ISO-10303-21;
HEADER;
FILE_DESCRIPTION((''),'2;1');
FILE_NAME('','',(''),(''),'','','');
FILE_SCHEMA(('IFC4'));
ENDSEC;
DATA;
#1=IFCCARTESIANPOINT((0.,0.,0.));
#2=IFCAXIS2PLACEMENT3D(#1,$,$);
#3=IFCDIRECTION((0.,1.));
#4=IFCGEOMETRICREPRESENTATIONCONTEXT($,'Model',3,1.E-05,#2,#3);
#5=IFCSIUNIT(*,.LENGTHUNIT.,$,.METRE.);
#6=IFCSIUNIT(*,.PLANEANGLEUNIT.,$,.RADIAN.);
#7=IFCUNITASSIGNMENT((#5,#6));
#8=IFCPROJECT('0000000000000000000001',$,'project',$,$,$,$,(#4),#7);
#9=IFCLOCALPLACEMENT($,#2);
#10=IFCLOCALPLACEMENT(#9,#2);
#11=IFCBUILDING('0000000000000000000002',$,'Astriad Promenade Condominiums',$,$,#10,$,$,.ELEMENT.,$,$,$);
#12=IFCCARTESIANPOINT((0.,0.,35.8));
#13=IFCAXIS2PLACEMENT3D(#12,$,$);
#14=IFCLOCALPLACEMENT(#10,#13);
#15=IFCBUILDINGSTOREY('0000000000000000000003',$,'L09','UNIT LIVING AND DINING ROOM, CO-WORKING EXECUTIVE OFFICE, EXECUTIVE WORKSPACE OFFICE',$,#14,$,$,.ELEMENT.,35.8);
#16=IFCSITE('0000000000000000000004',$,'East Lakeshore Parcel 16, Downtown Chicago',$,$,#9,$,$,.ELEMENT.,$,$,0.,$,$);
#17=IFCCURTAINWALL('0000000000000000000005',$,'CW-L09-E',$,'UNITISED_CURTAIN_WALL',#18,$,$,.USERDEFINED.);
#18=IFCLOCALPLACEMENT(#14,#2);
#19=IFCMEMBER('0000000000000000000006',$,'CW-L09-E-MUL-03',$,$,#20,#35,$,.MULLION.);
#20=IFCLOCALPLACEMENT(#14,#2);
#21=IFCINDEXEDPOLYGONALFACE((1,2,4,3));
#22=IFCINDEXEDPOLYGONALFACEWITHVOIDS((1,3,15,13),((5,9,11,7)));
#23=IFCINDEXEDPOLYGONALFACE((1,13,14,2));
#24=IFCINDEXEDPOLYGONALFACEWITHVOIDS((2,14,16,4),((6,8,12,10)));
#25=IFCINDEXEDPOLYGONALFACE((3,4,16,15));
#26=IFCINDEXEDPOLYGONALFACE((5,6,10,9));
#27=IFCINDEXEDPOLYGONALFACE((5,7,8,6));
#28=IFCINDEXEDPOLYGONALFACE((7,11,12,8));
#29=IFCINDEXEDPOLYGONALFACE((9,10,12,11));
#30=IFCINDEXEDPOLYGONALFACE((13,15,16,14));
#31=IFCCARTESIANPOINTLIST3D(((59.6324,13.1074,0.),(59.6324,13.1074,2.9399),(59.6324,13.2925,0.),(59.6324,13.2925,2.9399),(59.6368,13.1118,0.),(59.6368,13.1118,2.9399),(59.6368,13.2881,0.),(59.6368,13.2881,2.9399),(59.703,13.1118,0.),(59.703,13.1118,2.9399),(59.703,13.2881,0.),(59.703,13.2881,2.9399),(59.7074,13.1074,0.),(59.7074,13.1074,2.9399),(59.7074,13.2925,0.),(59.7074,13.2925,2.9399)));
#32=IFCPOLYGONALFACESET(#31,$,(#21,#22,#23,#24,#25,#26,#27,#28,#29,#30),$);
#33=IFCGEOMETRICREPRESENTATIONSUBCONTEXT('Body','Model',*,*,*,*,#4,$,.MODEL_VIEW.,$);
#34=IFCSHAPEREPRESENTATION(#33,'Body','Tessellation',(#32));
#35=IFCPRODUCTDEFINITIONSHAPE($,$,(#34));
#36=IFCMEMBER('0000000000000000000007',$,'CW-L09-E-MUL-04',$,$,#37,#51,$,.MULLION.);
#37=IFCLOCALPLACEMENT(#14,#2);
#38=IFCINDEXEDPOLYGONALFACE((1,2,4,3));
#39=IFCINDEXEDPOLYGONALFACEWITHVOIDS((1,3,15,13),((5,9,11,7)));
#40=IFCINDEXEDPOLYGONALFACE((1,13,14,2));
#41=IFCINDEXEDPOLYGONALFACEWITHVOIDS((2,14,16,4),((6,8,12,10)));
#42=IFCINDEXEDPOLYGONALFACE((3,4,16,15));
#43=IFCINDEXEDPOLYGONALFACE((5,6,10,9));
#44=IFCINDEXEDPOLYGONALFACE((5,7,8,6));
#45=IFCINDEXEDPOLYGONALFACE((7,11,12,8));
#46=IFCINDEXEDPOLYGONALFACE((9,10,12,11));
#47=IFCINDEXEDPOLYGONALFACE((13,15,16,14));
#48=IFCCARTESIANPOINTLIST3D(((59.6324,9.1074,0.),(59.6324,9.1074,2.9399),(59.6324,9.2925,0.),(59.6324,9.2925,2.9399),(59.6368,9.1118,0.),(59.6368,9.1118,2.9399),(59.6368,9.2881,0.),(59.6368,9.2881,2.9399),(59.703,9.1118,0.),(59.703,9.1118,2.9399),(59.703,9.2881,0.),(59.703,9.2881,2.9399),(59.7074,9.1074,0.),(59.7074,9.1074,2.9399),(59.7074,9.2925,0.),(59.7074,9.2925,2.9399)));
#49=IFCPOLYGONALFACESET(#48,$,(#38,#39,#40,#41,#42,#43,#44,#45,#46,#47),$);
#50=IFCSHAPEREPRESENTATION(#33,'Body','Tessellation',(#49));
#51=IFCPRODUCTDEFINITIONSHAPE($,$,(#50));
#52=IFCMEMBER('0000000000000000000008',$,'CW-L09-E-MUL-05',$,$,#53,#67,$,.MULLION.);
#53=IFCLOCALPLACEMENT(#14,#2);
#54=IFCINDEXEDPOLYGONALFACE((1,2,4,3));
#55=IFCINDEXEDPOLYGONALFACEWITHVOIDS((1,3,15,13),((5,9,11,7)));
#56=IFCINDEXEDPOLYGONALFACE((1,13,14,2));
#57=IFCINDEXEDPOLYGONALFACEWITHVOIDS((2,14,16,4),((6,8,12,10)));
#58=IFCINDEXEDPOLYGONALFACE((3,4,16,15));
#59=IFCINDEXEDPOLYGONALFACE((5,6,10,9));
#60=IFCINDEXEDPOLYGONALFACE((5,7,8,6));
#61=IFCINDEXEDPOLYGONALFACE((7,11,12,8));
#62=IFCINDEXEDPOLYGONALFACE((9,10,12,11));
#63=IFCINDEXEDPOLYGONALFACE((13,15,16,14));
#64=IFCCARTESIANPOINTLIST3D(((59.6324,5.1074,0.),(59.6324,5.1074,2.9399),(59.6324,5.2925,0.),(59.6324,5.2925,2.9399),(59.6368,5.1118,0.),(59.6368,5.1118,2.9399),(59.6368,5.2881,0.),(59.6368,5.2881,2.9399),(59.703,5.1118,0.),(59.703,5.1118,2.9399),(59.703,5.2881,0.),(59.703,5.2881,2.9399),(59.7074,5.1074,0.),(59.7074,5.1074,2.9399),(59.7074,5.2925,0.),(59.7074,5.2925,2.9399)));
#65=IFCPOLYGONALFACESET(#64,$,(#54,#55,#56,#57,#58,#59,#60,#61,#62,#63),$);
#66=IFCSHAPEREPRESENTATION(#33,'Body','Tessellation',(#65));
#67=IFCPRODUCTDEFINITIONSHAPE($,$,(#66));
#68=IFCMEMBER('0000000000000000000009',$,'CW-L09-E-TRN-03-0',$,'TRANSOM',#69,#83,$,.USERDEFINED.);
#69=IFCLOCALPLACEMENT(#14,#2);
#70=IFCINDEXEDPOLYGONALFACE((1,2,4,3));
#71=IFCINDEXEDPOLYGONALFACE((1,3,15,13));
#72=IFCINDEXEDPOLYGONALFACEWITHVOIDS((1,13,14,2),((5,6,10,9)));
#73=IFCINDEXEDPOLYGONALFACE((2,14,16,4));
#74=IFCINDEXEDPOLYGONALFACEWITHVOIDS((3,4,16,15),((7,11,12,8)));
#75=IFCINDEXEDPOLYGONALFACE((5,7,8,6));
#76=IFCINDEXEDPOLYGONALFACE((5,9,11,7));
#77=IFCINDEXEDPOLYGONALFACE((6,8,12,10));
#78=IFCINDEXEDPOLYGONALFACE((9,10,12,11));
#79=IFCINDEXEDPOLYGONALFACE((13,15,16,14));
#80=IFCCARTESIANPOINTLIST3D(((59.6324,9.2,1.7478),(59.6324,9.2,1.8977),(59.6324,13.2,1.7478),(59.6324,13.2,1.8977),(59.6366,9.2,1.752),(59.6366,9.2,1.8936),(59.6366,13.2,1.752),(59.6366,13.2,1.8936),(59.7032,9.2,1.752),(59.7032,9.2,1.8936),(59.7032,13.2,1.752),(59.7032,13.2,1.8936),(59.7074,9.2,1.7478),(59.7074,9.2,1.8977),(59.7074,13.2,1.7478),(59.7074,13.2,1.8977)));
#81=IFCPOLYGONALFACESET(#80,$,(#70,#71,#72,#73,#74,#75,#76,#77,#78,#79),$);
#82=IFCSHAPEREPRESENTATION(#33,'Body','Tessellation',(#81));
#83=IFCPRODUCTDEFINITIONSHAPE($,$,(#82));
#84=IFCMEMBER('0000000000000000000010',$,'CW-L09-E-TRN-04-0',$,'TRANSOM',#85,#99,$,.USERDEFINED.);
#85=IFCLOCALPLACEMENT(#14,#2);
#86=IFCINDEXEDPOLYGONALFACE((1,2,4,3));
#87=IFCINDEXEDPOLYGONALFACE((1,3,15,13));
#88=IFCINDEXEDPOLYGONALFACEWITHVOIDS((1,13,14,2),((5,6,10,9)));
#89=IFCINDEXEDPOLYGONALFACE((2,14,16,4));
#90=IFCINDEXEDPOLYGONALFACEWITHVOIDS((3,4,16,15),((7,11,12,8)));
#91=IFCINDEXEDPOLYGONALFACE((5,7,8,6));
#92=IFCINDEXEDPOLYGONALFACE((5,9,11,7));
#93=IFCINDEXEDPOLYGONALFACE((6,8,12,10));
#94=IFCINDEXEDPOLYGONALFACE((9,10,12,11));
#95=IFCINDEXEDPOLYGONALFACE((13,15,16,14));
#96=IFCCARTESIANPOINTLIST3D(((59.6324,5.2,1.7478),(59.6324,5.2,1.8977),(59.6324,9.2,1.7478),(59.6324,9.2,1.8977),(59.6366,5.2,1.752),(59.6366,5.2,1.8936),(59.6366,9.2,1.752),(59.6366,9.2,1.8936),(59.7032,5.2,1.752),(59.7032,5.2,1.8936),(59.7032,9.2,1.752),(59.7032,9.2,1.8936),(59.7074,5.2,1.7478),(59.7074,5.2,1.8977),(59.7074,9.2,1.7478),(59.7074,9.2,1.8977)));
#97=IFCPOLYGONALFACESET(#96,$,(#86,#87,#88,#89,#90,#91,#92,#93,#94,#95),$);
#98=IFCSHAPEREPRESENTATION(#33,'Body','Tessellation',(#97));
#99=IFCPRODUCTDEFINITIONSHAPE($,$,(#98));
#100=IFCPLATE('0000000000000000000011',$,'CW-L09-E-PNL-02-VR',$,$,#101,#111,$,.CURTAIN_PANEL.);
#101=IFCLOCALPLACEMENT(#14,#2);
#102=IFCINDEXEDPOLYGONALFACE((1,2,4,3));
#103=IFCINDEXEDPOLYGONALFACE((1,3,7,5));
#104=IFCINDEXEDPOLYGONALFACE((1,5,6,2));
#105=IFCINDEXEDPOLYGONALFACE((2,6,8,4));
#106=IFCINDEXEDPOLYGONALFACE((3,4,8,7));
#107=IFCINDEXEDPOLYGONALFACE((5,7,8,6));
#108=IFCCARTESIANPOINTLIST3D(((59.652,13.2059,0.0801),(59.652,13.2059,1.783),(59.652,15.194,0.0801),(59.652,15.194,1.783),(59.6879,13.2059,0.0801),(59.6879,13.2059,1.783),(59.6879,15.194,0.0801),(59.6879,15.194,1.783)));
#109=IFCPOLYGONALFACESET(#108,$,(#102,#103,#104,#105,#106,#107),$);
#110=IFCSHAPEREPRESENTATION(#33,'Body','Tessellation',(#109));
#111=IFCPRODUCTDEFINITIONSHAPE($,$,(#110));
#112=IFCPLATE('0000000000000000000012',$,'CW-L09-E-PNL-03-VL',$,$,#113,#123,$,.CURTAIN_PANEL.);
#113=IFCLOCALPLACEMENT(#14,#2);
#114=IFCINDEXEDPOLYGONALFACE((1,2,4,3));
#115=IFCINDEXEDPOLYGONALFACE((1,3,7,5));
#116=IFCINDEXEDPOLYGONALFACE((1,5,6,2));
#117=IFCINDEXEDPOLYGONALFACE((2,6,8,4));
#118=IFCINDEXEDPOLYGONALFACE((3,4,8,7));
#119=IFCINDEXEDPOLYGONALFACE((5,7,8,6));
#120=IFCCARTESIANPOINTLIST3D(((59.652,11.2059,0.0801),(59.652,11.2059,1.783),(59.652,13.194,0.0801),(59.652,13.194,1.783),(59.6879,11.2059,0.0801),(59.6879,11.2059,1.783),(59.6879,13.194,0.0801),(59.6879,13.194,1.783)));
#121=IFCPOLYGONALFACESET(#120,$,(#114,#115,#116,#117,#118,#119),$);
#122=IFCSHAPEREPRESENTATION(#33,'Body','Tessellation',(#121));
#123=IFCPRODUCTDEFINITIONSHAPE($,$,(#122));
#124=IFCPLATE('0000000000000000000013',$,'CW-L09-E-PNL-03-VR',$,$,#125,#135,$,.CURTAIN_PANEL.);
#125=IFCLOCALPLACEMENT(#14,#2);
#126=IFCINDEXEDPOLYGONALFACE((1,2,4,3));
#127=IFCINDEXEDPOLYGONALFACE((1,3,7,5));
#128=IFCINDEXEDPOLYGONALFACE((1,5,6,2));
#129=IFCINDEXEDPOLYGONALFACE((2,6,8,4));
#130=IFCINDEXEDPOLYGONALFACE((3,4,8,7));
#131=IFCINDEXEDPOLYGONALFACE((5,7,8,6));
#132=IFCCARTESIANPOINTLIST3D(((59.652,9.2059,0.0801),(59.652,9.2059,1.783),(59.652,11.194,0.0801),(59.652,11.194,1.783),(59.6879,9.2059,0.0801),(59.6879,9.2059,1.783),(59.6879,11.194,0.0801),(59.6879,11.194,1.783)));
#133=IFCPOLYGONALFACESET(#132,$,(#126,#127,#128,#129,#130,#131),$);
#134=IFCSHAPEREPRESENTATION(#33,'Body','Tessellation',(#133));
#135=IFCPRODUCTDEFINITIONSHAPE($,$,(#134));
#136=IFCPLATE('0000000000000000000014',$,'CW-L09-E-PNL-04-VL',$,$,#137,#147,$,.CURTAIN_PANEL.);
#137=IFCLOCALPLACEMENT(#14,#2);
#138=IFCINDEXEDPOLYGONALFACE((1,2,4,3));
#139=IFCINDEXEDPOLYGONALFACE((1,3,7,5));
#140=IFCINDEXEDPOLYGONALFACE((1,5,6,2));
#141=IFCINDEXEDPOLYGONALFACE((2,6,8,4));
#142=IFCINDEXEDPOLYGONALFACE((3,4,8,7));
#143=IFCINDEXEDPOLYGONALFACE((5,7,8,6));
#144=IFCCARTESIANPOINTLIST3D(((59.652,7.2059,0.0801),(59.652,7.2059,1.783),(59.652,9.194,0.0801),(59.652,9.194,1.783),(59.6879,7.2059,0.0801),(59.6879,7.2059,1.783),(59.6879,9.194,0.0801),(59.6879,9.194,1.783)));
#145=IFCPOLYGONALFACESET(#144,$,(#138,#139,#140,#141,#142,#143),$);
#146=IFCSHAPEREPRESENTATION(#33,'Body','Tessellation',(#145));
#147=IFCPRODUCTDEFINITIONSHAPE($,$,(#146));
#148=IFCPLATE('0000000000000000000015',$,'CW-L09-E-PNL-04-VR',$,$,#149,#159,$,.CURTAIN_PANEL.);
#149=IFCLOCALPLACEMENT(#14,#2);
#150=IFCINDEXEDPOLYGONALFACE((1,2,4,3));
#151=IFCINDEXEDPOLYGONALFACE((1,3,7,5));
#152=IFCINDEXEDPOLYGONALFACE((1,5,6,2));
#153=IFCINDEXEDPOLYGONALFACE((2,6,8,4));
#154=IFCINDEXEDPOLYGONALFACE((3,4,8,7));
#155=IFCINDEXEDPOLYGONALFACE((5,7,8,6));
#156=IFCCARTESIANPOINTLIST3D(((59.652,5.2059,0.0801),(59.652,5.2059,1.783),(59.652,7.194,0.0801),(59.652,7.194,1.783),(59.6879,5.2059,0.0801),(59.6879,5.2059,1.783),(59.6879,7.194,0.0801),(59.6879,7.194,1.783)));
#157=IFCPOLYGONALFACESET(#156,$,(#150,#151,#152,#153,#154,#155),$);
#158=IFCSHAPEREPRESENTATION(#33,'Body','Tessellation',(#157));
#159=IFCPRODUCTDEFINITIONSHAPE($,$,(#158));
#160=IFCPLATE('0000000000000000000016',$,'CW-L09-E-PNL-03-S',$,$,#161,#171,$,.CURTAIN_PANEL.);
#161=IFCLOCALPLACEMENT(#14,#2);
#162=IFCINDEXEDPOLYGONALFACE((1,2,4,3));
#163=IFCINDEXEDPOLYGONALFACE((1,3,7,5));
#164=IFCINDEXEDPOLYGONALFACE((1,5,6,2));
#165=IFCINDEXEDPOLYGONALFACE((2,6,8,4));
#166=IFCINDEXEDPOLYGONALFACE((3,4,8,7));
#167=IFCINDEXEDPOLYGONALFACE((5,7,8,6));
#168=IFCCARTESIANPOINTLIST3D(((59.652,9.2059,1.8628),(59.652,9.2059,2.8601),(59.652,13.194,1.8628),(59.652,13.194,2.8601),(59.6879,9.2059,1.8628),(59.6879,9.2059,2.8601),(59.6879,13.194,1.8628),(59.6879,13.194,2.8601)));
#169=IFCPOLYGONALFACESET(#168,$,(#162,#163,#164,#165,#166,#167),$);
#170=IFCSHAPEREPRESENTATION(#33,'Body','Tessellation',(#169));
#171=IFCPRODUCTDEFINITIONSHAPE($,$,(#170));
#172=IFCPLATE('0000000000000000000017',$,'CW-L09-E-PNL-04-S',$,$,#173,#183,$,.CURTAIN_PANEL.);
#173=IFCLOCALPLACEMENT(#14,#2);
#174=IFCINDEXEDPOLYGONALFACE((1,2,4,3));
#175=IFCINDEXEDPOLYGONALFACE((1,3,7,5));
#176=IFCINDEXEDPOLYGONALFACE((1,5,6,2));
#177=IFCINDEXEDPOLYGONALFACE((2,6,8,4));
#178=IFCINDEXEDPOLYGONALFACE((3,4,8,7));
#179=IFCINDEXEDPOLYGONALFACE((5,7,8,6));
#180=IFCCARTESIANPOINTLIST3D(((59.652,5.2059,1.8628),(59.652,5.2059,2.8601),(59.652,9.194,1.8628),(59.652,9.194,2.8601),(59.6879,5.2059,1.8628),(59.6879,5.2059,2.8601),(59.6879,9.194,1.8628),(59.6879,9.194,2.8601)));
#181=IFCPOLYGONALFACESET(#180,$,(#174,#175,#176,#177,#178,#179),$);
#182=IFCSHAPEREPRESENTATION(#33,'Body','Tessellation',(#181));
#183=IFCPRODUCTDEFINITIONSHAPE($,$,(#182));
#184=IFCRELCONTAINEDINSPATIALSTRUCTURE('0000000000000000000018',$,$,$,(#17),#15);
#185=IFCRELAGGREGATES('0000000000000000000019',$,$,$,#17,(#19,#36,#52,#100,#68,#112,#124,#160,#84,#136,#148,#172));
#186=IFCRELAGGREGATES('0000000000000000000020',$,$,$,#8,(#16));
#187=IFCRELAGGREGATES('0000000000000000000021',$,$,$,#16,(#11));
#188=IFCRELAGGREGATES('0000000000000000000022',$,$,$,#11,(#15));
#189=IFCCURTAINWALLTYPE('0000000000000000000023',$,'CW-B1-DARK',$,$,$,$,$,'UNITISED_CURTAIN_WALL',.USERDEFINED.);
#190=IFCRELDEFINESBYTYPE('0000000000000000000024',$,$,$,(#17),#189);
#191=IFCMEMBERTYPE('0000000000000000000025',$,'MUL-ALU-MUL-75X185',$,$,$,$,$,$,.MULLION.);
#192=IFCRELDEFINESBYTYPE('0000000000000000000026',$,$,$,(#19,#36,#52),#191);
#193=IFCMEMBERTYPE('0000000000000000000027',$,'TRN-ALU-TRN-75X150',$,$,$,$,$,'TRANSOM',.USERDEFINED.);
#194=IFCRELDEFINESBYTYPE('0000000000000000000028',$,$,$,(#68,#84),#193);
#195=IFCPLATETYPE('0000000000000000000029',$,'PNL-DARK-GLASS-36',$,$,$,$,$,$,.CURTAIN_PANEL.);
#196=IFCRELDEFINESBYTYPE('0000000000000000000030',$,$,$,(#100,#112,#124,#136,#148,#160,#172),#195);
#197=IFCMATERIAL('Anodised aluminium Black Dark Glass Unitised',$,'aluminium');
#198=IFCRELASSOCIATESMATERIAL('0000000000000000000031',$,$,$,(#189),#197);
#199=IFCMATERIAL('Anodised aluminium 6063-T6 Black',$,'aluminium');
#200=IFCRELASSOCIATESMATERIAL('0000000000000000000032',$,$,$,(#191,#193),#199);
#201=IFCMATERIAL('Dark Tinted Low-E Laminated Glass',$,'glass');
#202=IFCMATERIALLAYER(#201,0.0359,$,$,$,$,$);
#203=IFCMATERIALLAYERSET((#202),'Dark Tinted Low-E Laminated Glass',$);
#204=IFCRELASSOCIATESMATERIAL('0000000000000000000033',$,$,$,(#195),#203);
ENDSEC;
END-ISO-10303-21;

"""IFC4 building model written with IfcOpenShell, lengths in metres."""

from ifc_helpers import new_model, si_unit, direction, frame, origin, origin_2d, place, context, subcontext, project, spatial, rectangle, hollow_rectangle, extrude, source, transform, mapped, material, layer, layer_set, material_profile, profile_set, type_object, type_shapes, element, aggregate, save


model = new_model("IFC4")

# Units and contexts
model_context = context("Model", 3, precision=1e-05, world=origin(), true_north=direction((0.0, 1.0)))
body_context = subcontext(model_context, "Body", "Model", "MODEL_VIEW")
ifc_project = project(units=[si_unit("LENGTHUNIT", "METRE"), si_unit("PLANEANGLEUNIT", "RADIAN")], contexts=[model_context])

# Site, building, storey
site_placement = place(None, origin())
site = spatial("IfcSite", under=ifc_project, at=site_placement, Name="East Lakeshore Parcel 16, Downtown Chicago", CompositionType="ELEMENT", RefElevation=0.0)
building_placement = place(site_placement, origin())
building = spatial("IfcBuilding", under=site, at=building_placement, Name="Astriad Promenade Condominiums", CompositionType="ELEMENT")
storey_placement = place(building_placement, frame((0.0, 0.0, 35.8)))
storey = spatial("IfcBuildingStorey", under=building, at=storey_placement, Name="L09", Description="UNIT LIVING AND DINING ROOM, CO-WORKING EXECUTIVE OFFICE, EXECUTIVE WORKSPACE OFFICE", CompositionType="ELEMENT", Elevation=35.8)

# Curtain wall, members, plates
ifc_material_1 = material(Name="Anodised aluminium Black Dark Glass Unitised", Category="aluminium")
curtain_wall_type = type_object("IfcCurtainWallType", Name="CW-B1-DARK", ElementType="UNITISED_CURTAIN_WALL", PredefinedType="USERDEFINED", material=ifc_material_1)
curtain_wall_placement = place(storey_placement, origin())
curtain_wall = element("IfcCurtainWall", 1, at=curtain_wall_placement, inside=storey, type_object=curtain_wall_type, Name="CW-L09-E", ObjectType="UNITISED_CURTAIN_WALL", PredefinedType="USERDEFINED")
ifc_material_2 = material(Name="Anodised aluminium 6063-T6 Black", Category="aluminium")
ifc_material_profile_1 = material_profile(ifc_material_2, hollow_rectangle(XDim=0.075, YDim=0.1851, WallThickness=0.0044, at=origin_2d()), Name="ALU-MUL-75X185")
ifc_profile_set_1 = profile_set([ifc_material_profile_1], Name="Anodised aluminium 6063-T6 Black")
member_type_1 = type_object("IfcMemberType", Name="MUL-ALU-MUL-75X185", PredefinedType="MULLION", material=ifc_profile_set_1)
shared_shape_1 = source(origin(), body_context, "Body", "SweptSolid", [
    extrude(hollow_rectangle(XDim=0.075, YDim=0.1851, WallThickness=0.0044, at=origin_2d()), origin(), (0.0, 0.0, 1.0), 2.9399),
])
type_shapes(member_type_1, [shared_shape_1])
member_1_placement = place(storey_placement, frame((59.6699, 13.2, 0.0), z_axis=(0.0, 0.0, 1.0), x_axis=(1.0, 0.0, 0.0)))
member_1 = element("IfcMember", 2, at=member_1_placement, type_object=member_type_1, Name="CW-L09-E-MUL-03", PredefinedType="MULLION", context=body_context, shape_type="MappedRepresentation", body=[
    mapped(shared_shape_1, transform((0.0, 0.0, 0.0), scale=1.0)),
])
member_2_placement = place(storey_placement, frame((59.6699, 9.2, 0.0), z_axis=(0.0, 0.0, 1.0), x_axis=(1.0, 0.0, 0.0)))
member_2 = element("IfcMember", 3, at=member_2_placement, type_object=member_type_1, Name="CW-L09-E-MUL-04", PredefinedType="MULLION", context=body_context, shape_type="MappedRepresentation", body=[
    mapped(shared_shape_1, transform((0.0, 0.0, 0.0), scale=1.0)),
])
member_3_placement = place(storey_placement, frame((59.6699, 5.2, 0.0), z_axis=(0.0, 0.0, 1.0), x_axis=(1.0, 0.0, 0.0)))
member_3 = element("IfcMember", 4, at=member_3_placement, type_object=member_type_1, Name="CW-L09-E-MUL-05", PredefinedType="MULLION", context=body_context, shape_type="MappedRepresentation", body=[
    mapped(shared_shape_1, transform((0.0, 0.0, 0.0), scale=1.0)),
])
ifc_material_profile_2 = material_profile(ifc_material_2, hollow_rectangle(XDim=0.075, YDim=0.1499, WallThickness=0.0042, at=origin_2d()), Name="ALU-TRN-75X150")
ifc_profile_set_2 = profile_set([ifc_material_profile_2], Name="Anodised aluminium 6063-T6 Black")
member_type_2 = type_object("IfcMemberType", Name="TRN-ALU-TRN-75X150", ElementType="TRANSOM", PredefinedType="USERDEFINED", material=ifc_profile_set_2)
shared_shape_2 = source(origin(), body_context, "Body", "SweptSolid", [
    extrude(hollow_rectangle(XDim=0.075, YDim=0.1499, WallThickness=0.0042, at=origin_2d()), origin(), (0.0, 0.0, 1.0), 4.0),
])
type_shapes(member_type_2, [shared_shape_2])
member_4_placement = place(storey_placement, frame((59.6699, 13.2, 1.8228), z_axis=(0.0, -1.0, 0.0), x_axis=(1.0, 0.0, 0.0)))
member_4 = element("IfcMember", 5, at=member_4_placement, type_object=member_type_2, Name="CW-L09-E-TRN-03-0", ObjectType="TRANSOM", PredefinedType="USERDEFINED", context=body_context, shape_type="MappedRepresentation", body=[
    mapped(shared_shape_2, transform((0.0, 0.0, 0.0), scale=1.0)),
])
member_5_placement = place(storey_placement, frame((59.6699, 9.2, 1.8228), z_axis=(0.0, -1.0, 0.0), x_axis=(1.0, 0.0, 0.0)))
member_5 = element("IfcMember", 6, at=member_5_placement, type_object=member_type_2, Name="CW-L09-E-TRN-04-0", ObjectType="TRANSOM", PredefinedType="USERDEFINED", context=body_context, shape_type="MappedRepresentation", body=[
    mapped(shared_shape_2, transform((0.0, 0.0, 0.0), scale=1.0)),
])
ifc_material_3 = material(Name="Dark Tinted Low-E Laminated Glass", Category="glass")
ifc_layer_1 = layer(ifc_material_3, 0.0359)
ifc_layer_set_1 = layer_set([ifc_layer_1], Name="Dark Tinted Low-E Laminated Glass")
plate_type = type_object("IfcPlateType", Name="PNL-DARK-GLASS-36", PredefinedType="CURTAIN_PANEL", material=ifc_layer_set_1)
shared_shape_3 = source(origin(), body_context, "Body", "SweptSolid", [
    extrude(rectangle(XDim=1.988, YDim=0.0359, at=origin_2d()), origin(), (0.0, 0.0, 1.0), 1.7029),
])
plate_1_placement = place(storey_placement, frame((59.6699, 14.2, 0.0801), z_axis=(0.0, 0.0, 1.0), x_axis=(0.0, -1.0, 0.0)))
plate_1 = element("IfcPlate", 7, at=plate_1_placement, type_object=plate_type, Name="CW-L09-E-PNL-02-VR", PredefinedType="CURTAIN_PANEL", context=body_context, shape_type="MappedRepresentation", body=[
    mapped(shared_shape_3, transform((0.0, 0.0, 0.0), scale=1.0)),
])
plate_2_placement = place(storey_placement, frame((59.6699, 12.2, 0.0801), z_axis=(0.0, 0.0, 1.0), x_axis=(0.0, -1.0, 0.0)))
plate_2 = element("IfcPlate", 8, at=plate_2_placement, type_object=plate_type, Name="CW-L09-E-PNL-03-VL", PredefinedType="CURTAIN_PANEL", context=body_context, shape_type="MappedRepresentation", body=[
    mapped(shared_shape_3, transform((0.0, 0.0, 0.0), scale=1.0)),
])
plate_3_placement = place(storey_placement, frame((59.6699, 10.2, 0.0801), z_axis=(0.0, 0.0, 1.0), x_axis=(0.0, -1.0, 0.0)))
plate_3 = element("IfcPlate", 9, at=plate_3_placement, type_object=plate_type, Name="CW-L09-E-PNL-03-VR", PredefinedType="CURTAIN_PANEL", context=body_context, shape_type="MappedRepresentation", body=[
    mapped(shared_shape_3, transform((0.0, 0.0, 0.0), scale=1.0)),
])
plate_4_placement = place(storey_placement, frame((59.6699, 8.2, 0.0801), z_axis=(0.0, 0.0, 1.0), x_axis=(0.0, -1.0, 0.0)))
plate_4 = element("IfcPlate", 10, at=plate_4_placement, type_object=plate_type, Name="CW-L09-E-PNL-04-VL", PredefinedType="CURTAIN_PANEL", context=body_context, shape_type="MappedRepresentation", body=[
    mapped(shared_shape_3, transform((0.0, 0.0, 0.0), scale=1.0)),
])
plate_5_placement = place(storey_placement, frame((59.6699, 6.2, 0.0801), z_axis=(0.0, 0.0, 1.0), x_axis=(0.0, -1.0, 0.0)))
plate_5 = element("IfcPlate", 11, at=plate_5_placement, type_object=plate_type, Name="CW-L09-E-PNL-04-VR", PredefinedType="CURTAIN_PANEL", context=body_context, shape_type="MappedRepresentation", body=[
    mapped(shared_shape_3, transform((0.0, 0.0, 0.0), scale=1.0)),
])
shared_shape_4 = source(origin(), body_context, "Body", "SweptSolid", [
    extrude(rectangle(XDim=3.988, YDim=0.0359, at=origin_2d()), origin(), (0.0, 0.0, 1.0), 0.9973),
])
type_shapes(plate_type, [shared_shape_3, shared_shape_4])
plate_6_placement = place(storey_placement, frame((59.6699, 11.2, 1.8628), z_axis=(0.0, 0.0, 1.0), x_axis=(0.0, -1.0, 0.0)))
plate_6 = element("IfcPlate", 12, at=plate_6_placement, type_object=plate_type, Name="CW-L09-E-PNL-03-S", PredefinedType="CURTAIN_PANEL", context=body_context, shape_type="MappedRepresentation", body=[
    mapped(shared_shape_4, transform((0.0, 0.0, 0.0), scale=1.0)),
])
plate_7_placement = place(storey_placement, frame((59.6699, 7.2, 1.8628), z_axis=(0.0, 0.0, 1.0), x_axis=(0.0, -1.0, 0.0)))
plate_7 = element("IfcPlate", 13, at=plate_7_placement, type_object=plate_type, Name="CW-L09-E-PNL-04-S", PredefinedType="CURTAIN_PANEL", context=body_context, shape_type="MappedRepresentation", body=[
    mapped(shared_shape_4, transform((0.0, 0.0, 0.0), scale=1.0)),
])
aggregate(curtain_wall, [member_1, member_2, member_3, plate_1, member_4, plate_2, plate_3, plate_6, member_5, plate_4, plate_5, plate_7])

save(model, "model.ifc")
